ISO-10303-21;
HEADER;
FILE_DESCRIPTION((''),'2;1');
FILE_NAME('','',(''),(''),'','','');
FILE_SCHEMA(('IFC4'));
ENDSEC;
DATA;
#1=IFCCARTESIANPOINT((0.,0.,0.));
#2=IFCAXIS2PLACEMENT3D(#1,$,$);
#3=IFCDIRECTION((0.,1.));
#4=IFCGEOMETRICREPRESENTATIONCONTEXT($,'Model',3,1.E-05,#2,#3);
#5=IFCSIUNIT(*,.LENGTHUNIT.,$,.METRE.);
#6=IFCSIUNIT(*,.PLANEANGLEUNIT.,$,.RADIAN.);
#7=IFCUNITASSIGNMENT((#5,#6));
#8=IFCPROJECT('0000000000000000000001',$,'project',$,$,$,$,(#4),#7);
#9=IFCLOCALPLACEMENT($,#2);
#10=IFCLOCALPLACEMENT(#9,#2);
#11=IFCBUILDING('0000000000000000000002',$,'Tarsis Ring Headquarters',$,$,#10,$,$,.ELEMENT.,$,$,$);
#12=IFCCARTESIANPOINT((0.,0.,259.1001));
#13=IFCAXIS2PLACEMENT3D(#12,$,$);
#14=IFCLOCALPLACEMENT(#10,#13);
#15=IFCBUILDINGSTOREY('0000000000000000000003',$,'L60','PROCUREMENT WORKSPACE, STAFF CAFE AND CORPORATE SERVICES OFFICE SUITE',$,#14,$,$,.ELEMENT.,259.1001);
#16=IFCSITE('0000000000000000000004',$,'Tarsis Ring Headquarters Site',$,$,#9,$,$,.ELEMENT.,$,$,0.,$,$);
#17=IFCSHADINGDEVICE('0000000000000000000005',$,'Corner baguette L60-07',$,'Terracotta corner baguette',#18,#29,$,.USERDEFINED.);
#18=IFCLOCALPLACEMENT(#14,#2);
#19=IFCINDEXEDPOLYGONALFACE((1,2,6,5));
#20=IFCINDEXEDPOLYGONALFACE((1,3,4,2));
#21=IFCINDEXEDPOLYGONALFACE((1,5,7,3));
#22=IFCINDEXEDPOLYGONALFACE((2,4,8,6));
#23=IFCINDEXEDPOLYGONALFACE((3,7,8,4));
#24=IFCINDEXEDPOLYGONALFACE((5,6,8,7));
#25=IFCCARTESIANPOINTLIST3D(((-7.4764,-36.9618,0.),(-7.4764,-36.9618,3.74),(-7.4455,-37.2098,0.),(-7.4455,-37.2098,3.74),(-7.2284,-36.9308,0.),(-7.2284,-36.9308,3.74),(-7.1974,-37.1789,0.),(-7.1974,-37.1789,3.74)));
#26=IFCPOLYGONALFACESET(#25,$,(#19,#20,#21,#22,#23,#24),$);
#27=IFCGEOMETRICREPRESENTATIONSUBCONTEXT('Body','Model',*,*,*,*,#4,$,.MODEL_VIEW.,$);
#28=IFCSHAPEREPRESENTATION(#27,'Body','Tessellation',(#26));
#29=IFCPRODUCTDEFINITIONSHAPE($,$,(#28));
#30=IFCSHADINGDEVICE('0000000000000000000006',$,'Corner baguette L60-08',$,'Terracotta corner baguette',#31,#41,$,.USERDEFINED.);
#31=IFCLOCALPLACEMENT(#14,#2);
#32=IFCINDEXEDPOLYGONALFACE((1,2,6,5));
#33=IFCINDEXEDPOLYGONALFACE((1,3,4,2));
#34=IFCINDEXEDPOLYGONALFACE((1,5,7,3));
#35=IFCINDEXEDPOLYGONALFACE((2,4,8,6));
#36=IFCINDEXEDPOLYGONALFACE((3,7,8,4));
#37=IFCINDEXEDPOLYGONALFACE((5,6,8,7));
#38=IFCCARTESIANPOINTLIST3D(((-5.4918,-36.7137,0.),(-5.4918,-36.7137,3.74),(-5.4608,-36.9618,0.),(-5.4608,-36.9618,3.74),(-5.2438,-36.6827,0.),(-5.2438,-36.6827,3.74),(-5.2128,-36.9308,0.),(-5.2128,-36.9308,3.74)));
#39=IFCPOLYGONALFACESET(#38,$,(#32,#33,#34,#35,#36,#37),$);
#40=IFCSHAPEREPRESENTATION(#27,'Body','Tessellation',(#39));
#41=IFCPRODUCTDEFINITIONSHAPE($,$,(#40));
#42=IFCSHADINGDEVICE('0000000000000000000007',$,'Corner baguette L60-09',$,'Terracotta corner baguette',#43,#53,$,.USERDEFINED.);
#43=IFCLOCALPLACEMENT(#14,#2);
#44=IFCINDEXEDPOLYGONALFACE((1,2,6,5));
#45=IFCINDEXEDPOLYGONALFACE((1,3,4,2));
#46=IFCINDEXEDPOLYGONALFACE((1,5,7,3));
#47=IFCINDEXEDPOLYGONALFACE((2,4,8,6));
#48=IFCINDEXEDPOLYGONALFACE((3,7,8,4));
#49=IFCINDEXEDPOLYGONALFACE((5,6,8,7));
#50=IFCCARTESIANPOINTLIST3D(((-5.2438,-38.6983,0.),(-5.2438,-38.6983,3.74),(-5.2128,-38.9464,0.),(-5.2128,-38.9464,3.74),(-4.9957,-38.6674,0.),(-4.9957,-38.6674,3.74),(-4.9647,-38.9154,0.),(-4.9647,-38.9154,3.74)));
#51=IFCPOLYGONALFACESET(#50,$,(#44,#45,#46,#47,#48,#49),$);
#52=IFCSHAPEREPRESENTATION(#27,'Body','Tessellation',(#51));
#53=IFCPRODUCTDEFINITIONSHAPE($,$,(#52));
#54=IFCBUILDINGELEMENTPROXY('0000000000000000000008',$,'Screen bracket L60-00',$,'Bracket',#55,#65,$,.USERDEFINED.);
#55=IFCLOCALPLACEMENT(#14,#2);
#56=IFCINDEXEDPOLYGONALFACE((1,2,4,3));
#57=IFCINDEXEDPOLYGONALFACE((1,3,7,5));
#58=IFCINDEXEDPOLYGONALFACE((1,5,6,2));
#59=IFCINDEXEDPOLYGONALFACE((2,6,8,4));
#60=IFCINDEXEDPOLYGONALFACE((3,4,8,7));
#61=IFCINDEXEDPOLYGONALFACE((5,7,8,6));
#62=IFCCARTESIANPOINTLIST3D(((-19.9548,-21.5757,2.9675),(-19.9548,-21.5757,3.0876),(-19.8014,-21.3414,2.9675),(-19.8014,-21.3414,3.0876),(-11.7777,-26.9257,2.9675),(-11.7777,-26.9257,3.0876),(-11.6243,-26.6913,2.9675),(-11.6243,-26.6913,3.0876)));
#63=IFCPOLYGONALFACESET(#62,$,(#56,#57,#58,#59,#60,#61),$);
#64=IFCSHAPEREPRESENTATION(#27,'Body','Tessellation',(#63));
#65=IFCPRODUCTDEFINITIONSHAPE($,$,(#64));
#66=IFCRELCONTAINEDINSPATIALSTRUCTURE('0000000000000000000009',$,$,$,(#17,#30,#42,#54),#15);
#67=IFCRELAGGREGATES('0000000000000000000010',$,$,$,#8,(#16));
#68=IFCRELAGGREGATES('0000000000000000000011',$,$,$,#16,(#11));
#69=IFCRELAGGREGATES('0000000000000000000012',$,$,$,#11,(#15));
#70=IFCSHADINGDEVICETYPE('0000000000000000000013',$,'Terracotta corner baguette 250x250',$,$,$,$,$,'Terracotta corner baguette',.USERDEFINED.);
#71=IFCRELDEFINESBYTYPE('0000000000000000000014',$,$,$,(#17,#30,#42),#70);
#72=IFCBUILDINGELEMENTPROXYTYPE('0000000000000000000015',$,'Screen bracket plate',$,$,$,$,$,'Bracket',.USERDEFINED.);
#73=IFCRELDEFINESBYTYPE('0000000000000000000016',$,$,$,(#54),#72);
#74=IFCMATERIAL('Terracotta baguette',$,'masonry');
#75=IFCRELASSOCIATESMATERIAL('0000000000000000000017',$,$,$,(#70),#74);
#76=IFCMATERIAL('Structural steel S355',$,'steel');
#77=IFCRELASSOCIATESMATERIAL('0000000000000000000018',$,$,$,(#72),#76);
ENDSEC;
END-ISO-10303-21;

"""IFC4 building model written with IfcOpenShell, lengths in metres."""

from ifc_helpers import new_model, si_unit, direction, frame, origin, origin_2d, place, context, subcontext, project, spatial, rectangle, extrude, material, type_object, element, save


model = new_model("IFC4")

# Units and contexts
model_context = context("Model", 3, precision=1e-05, world=origin(), true_north=direction((0.0, 1.0)))
body_context = subcontext(model_context, "Body", "Model", "MODEL_VIEW")
ifc_project = project(units=[si_unit("LENGTHUNIT", "METRE"), si_unit("PLANEANGLEUNIT", "RADIAN")], contexts=[model_context])

# Site, building, storey
site_placement = place(None, origin())
site = spatial("IfcSite", under=ifc_project, at=site_placement, Name="Tarsis Ring Headquarters Site", CompositionType="ELEMENT", RefElevation=0.0)
building_placement = place(site_placement, origin())
building = spatial("IfcBuilding", under=site, at=building_placement, Name="Tarsis Ring Headquarters", CompositionType="ELEMENT")
storey_placement = place(building_placement, frame((0.0, 0.0, 259.1001)))
storey = spatial("IfcBuildingStorey", under=building, at=storey_placement, Name="L60", Description="PROCUREMENT WORKSPACE, STAFF CAFE AND CORPORATE SERVICES OFFICE SUITE", CompositionType="ELEMENT", Elevation=259.1001)

# Shared definitions
ifc_material_1 = material(Name="Structural steel S355", Category="steel")

# Shading devices
ifc_material_2 = material(Name="Terracotta baguette", Category="masonry")
shading_device_type_1 = type_object("IfcShadingDeviceType", Name="Terracotta corner baguette 250x250", ElementType="Terracotta corner baguette", PredefinedType="USERDEFINED", material=ifc_material_2)
for number, where, z_axis, x_axis, name in (
    (1, (-7.3369, -37.0703, 0.0), (0.0, 0.0, 1.0), (0.123948, -0.992289, 0.0), "Corner baguette L60-07"),
    (2, (-5.3523, -36.8223, 0.0), (0.0, 0.0, 1.0), (0.992289, 0.123948, 0.0), "Corner baguette L60-08"),
    (3, (-5.1042, -38.8069, 0.0), (0.0, 0.0, 1.0), (0.123948, -0.992289, 0.0), "Corner baguette L60-09"),
):
    element("IfcShadingDevice", number, at=place(storey_placement, frame(where, z_axis=z_axis, x_axis=x_axis)), inside=storey, type_object=shading_device_type_1, Name=name, ObjectType="Terracotta corner baguette", PredefinedType="USERDEFINED", context=body_context, shape_type="SweptSolid", body=[
        extrude(rectangle(XDim=0.25, YDim=0.25, at=origin_2d()), origin(), (0.0, 0.0, 1.0), 3.74),
    ])

# Building element proxy
building_element_proxy_type = type_object("IfcBuildingElementProxyType", Name="Screen bracket plate", ElementType="Bracket", PredefinedType="USERDEFINED", material=ifc_material_1)
proxy_placement = place(storey_placement, frame((-15.7896, -24.1335, 2.9675), z_axis=(0.0, 0.0, 1.0), x_axis=(0.836812, -0.54749, 0.0)))
element("IfcBuildingElementProxy", 4, at=proxy_placement, inside=storey, type_object=building_element_proxy_type, Name="Screen bracket L60-00", ObjectType="Bracket", PredefinedType="USERDEFINED", context=body_context, shape_type="SweptSolid", body=[
    extrude(rectangle(XDim=9.7717, YDim=0.28, at=origin_2d()), origin(), (0.0, 0.0, 1.0), 0.1201),
])

save(model, "model.ifc")
